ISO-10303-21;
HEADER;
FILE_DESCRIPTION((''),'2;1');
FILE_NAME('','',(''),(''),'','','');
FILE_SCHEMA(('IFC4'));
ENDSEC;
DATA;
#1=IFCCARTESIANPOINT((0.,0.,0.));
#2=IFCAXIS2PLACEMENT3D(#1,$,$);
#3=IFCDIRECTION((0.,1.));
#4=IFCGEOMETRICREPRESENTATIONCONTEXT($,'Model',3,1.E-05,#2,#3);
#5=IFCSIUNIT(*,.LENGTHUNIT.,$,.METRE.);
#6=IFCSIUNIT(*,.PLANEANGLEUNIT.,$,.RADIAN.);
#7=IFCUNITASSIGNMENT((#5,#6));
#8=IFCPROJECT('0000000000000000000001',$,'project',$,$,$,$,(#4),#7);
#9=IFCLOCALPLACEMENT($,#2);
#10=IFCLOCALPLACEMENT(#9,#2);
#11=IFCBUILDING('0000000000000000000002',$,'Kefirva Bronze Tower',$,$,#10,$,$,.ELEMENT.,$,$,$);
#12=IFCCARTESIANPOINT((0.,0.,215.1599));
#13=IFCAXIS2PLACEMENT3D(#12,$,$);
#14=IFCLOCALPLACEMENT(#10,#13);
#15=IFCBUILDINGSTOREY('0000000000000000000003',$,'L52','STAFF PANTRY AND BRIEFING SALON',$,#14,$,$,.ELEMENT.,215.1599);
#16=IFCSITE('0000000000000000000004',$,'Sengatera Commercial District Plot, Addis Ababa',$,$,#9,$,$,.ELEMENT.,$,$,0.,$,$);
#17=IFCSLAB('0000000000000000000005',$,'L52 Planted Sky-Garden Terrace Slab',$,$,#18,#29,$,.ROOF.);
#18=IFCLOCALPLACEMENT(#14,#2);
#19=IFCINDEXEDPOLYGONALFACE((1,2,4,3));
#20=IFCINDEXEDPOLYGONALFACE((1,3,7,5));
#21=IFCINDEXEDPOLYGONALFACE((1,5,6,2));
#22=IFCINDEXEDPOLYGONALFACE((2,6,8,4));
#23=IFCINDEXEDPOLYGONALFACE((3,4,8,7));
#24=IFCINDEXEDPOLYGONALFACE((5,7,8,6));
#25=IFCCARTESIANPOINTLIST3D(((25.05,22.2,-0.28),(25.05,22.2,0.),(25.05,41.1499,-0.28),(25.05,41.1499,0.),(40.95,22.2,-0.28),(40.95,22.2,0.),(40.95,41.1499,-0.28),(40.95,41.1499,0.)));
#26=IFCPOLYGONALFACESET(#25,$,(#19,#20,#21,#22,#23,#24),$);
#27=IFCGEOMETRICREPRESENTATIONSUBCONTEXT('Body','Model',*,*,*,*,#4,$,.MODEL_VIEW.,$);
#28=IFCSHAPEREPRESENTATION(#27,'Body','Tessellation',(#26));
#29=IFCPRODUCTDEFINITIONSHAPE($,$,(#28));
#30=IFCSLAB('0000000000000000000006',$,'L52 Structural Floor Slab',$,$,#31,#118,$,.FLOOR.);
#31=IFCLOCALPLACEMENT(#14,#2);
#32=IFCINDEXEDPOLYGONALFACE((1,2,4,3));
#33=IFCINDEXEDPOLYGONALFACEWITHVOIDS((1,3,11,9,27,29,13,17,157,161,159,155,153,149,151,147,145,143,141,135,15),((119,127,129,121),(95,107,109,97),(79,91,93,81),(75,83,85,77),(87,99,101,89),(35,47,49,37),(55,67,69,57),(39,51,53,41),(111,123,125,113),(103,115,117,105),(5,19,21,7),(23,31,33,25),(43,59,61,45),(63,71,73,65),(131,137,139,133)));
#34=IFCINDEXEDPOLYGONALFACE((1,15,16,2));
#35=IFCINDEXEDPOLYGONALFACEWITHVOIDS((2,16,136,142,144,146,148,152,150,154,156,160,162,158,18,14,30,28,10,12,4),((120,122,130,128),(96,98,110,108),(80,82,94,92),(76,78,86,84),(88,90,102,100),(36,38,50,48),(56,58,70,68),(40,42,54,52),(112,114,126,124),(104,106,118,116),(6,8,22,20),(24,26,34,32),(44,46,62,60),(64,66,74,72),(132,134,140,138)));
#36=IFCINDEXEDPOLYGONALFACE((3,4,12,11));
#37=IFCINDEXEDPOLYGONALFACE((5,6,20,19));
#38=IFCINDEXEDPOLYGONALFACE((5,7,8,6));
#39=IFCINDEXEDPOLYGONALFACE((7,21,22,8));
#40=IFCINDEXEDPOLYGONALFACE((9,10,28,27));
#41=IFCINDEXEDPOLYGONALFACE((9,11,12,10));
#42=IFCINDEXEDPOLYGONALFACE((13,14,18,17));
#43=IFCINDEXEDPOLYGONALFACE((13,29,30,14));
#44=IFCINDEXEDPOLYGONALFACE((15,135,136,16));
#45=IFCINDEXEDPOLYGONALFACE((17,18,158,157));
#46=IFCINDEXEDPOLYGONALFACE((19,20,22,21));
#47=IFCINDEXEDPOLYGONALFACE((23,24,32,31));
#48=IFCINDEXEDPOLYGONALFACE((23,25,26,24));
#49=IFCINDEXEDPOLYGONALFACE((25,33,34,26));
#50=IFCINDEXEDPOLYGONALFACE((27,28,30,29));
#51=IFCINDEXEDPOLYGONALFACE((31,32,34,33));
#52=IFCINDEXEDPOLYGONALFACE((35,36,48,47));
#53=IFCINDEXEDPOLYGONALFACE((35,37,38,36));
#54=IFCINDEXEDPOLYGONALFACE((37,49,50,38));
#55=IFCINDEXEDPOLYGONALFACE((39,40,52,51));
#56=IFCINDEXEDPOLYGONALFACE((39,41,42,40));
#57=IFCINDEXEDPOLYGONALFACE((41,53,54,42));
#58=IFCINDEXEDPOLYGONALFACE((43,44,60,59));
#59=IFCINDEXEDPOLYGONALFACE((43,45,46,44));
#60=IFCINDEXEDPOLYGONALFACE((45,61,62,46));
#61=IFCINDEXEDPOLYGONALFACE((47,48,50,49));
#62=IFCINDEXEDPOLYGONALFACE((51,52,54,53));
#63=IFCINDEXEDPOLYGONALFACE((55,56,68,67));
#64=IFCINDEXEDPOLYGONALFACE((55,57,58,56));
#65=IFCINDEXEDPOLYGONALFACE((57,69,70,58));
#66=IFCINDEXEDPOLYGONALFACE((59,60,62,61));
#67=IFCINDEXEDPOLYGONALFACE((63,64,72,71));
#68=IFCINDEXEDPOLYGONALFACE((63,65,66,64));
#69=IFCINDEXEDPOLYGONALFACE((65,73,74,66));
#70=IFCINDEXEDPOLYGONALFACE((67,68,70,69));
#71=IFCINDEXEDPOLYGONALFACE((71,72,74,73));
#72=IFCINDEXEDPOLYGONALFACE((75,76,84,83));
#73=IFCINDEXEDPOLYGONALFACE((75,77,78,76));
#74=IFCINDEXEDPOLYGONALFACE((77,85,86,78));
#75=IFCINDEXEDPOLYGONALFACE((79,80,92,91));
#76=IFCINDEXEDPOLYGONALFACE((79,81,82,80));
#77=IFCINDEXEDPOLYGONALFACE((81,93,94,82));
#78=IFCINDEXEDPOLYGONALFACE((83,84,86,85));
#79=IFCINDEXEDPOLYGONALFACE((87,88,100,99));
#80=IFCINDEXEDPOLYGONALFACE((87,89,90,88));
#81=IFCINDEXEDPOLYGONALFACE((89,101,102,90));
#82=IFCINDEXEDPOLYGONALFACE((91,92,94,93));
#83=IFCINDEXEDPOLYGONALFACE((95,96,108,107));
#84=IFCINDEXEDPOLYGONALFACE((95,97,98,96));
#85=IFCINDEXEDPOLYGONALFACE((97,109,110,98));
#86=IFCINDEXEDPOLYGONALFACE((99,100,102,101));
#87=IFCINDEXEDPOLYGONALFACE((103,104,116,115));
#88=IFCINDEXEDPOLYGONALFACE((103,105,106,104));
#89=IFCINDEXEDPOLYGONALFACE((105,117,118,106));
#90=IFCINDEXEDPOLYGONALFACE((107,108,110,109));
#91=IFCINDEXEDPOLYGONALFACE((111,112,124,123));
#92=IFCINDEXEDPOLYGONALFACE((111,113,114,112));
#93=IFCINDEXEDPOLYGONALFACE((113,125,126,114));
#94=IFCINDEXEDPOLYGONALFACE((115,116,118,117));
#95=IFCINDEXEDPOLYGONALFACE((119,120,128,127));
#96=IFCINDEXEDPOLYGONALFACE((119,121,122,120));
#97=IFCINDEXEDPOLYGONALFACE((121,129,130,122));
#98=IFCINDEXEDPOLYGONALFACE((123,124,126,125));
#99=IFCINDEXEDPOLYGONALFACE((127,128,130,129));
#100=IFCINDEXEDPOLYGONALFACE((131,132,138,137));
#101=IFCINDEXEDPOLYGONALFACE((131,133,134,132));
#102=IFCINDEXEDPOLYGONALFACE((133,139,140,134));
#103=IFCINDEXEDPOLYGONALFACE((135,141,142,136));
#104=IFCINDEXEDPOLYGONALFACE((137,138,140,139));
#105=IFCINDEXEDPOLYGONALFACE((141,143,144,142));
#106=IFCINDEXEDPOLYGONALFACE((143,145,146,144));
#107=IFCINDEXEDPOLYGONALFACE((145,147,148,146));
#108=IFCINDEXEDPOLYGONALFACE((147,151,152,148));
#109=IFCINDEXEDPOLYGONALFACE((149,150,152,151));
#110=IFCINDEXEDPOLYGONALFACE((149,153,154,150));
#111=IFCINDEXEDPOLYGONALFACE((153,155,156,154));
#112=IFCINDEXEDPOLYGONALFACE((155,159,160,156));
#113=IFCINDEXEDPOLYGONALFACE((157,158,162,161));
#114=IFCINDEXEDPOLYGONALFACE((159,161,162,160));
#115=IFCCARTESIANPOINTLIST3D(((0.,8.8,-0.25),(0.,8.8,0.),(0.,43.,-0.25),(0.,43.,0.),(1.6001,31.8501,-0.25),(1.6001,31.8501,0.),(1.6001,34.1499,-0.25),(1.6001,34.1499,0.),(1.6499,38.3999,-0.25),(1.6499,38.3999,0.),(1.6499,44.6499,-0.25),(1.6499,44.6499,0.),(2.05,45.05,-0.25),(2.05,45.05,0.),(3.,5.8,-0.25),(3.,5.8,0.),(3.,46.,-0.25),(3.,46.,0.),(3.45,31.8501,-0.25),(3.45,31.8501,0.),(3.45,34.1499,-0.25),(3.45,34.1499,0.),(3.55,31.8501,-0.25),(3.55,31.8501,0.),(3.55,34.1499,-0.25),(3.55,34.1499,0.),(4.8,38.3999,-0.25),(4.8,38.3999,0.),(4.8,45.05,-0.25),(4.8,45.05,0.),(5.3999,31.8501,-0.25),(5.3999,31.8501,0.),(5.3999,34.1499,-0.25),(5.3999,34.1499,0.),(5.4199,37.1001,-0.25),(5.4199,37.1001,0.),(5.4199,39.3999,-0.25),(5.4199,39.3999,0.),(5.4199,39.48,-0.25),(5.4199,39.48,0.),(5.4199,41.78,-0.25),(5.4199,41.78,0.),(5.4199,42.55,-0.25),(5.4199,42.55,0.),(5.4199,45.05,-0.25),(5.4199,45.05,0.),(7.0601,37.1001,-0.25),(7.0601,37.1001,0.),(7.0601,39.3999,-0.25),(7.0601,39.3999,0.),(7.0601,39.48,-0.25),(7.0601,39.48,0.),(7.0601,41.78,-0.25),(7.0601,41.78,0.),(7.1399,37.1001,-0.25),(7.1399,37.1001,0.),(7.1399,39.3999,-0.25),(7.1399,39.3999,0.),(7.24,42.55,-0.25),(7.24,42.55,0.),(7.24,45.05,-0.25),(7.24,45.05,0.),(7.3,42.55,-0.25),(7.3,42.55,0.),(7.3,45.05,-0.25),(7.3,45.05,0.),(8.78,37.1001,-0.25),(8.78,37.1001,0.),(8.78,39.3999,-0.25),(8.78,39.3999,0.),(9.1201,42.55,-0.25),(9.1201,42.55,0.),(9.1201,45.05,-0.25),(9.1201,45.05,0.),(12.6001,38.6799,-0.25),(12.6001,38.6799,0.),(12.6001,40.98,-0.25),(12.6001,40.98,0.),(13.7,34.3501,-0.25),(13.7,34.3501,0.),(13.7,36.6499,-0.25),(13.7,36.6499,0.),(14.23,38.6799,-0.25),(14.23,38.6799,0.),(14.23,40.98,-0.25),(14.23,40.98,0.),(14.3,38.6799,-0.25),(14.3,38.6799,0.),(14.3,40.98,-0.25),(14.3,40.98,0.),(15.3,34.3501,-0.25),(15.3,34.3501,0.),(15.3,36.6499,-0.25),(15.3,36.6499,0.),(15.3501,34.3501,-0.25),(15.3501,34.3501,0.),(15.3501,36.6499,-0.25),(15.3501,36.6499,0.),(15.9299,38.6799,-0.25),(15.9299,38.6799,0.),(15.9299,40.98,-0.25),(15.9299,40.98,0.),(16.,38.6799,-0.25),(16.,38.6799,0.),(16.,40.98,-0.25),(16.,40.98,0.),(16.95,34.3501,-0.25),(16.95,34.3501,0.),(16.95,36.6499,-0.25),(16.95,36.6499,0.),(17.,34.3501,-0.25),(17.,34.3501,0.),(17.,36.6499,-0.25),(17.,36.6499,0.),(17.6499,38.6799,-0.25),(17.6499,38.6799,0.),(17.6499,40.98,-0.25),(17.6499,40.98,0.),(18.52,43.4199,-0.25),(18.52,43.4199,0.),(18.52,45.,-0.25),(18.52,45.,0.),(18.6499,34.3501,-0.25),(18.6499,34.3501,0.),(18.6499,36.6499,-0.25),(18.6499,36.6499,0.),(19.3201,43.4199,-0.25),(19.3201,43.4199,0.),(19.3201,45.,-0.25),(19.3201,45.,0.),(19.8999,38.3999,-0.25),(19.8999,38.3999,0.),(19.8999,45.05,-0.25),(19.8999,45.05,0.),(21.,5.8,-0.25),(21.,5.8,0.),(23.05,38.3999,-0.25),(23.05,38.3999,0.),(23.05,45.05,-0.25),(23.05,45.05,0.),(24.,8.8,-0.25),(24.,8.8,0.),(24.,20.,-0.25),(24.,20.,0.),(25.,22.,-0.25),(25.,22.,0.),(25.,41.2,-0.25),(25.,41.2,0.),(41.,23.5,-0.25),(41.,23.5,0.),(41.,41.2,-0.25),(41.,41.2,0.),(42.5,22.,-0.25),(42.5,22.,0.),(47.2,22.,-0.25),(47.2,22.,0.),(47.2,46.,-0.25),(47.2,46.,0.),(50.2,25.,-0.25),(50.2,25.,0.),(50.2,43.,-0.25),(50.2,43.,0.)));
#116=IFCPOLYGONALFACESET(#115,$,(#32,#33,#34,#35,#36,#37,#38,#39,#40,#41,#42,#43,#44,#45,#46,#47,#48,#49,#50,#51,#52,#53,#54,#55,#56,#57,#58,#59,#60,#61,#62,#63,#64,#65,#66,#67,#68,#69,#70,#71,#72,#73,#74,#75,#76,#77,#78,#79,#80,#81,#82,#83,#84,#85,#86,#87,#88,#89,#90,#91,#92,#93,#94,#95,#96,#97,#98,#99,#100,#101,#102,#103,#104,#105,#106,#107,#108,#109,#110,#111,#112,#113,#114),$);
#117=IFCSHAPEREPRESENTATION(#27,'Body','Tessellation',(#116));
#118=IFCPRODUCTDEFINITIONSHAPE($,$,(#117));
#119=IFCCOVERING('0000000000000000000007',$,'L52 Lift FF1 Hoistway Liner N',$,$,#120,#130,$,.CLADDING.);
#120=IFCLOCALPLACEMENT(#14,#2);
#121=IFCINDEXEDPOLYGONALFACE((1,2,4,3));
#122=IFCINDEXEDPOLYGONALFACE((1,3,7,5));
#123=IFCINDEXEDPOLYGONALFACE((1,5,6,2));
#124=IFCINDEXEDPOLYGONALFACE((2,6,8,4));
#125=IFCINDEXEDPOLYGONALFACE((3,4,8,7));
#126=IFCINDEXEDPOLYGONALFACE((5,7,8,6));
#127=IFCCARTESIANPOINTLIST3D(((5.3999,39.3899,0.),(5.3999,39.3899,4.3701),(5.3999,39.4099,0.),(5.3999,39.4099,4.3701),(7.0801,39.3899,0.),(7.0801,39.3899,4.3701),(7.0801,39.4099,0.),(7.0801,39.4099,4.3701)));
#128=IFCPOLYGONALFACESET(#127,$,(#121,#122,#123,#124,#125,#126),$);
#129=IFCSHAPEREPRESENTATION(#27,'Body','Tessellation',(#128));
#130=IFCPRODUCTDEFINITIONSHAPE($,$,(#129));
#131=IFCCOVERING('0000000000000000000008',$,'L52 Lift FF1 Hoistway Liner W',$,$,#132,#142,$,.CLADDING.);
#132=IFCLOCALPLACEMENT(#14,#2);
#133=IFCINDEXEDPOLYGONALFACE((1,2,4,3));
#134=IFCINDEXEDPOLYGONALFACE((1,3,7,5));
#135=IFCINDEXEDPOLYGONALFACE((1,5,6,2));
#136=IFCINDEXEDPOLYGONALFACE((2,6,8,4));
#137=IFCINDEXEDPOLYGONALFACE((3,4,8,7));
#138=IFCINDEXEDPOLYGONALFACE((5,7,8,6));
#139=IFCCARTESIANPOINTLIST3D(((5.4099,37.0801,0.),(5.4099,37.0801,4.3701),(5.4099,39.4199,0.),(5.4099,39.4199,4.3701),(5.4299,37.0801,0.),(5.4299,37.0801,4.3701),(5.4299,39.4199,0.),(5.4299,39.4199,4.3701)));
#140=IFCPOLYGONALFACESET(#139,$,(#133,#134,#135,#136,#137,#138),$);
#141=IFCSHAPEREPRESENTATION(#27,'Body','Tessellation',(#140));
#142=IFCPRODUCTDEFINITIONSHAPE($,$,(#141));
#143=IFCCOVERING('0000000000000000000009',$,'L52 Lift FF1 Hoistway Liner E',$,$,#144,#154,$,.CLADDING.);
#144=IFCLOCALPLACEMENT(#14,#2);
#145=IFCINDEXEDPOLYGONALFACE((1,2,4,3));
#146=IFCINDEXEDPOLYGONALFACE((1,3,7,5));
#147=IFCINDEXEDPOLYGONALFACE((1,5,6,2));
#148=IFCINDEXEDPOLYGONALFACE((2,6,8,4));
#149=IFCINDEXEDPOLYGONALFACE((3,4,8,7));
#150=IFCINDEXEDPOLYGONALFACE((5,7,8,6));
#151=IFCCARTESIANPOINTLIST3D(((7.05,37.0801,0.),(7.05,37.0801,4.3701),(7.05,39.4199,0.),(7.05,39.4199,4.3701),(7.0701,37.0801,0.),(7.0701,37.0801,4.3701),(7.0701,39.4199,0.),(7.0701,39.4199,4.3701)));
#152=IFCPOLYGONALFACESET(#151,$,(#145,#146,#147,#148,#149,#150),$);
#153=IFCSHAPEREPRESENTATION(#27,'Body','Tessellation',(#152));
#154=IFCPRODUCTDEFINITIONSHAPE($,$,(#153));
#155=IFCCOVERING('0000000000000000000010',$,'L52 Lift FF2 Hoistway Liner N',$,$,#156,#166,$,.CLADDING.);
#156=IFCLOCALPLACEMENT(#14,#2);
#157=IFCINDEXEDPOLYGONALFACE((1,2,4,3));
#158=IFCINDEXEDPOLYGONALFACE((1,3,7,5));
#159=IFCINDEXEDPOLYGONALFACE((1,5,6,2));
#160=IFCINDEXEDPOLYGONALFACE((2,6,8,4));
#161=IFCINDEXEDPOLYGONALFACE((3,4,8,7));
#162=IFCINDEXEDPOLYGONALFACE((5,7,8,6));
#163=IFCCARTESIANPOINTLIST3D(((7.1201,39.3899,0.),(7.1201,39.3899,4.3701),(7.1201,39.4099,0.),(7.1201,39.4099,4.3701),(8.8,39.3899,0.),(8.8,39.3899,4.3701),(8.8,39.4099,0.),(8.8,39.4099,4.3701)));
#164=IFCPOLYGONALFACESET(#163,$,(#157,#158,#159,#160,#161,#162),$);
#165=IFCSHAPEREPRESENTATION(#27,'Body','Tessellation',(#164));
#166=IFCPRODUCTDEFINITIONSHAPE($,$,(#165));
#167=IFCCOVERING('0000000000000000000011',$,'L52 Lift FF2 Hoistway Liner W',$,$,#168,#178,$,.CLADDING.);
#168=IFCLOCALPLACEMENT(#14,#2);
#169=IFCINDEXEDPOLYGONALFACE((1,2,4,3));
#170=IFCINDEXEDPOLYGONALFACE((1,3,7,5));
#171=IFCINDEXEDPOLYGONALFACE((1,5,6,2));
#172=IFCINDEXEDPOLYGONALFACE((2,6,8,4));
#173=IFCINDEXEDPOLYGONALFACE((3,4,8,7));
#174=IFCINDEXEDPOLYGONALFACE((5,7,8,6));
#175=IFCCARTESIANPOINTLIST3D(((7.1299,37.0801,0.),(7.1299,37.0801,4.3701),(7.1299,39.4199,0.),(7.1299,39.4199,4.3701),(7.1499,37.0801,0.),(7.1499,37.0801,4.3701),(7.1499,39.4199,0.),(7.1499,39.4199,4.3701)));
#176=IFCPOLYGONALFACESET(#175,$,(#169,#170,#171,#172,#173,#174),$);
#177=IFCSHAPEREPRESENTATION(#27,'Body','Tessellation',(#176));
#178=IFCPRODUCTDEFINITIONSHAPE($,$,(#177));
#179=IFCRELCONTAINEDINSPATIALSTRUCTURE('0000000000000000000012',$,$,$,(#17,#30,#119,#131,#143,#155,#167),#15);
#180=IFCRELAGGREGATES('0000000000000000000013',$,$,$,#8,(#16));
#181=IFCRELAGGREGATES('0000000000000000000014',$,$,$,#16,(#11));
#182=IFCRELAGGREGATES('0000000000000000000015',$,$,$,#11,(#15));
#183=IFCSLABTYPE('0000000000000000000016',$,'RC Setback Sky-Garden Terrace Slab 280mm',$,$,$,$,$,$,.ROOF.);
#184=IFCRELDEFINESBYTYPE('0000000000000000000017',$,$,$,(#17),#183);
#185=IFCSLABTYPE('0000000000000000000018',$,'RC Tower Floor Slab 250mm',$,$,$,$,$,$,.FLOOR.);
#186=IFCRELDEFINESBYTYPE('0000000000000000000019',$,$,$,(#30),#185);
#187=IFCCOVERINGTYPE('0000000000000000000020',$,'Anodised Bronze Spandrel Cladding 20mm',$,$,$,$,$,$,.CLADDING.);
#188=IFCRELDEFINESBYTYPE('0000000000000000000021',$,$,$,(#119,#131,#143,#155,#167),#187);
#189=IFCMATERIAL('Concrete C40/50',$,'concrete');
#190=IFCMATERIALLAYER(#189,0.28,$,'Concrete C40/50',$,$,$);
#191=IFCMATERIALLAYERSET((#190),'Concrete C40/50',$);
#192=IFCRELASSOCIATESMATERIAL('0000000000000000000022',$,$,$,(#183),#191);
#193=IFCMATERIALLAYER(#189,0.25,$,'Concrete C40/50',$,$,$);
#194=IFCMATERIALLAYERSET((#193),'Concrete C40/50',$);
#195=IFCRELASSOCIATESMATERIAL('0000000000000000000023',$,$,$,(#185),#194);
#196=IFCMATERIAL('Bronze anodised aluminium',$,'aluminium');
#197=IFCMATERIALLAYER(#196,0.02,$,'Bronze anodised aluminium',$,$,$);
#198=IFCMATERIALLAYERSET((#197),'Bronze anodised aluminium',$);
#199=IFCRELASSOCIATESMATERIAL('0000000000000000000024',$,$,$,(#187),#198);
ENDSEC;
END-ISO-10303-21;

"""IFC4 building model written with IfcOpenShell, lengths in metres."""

from ifc_helpers import new_model, si_unit, direction, frame, origin, place, context, subcontext, project, spatial, polyline, outline, extrude, material, layer, layer_set, type_object, element, save


model = new_model("IFC4")

# Units and contexts
model_context = context("Model", 3, precision=1e-05, world=origin(), true_north=direction((0.0, 1.0)))
body_context = subcontext(model_context, "Body", "Model", "MODEL_VIEW")
ifc_project = project(units=[si_unit("LENGTHUNIT", "METRE"), si_unit("PLANEANGLEUNIT", "RADIAN")], contexts=[model_context])

# Site, building, storey
site_placement = place(None, origin())
site = spatial("IfcSite", under=ifc_project, at=site_placement, Name="Sengatera Commercial District Plot, Addis Ababa", CompositionType="ELEMENT", RefElevation=0.0)
building_placement = place(site_placement, origin())
building = spatial("IfcBuilding", under=site, at=building_placement, Name="Kefirva Bronze Tower", CompositionType="ELEMENT")
storey_placement = place(building_placement, frame((0.0, 0.0, 215.1599)))
storey = spatial("IfcBuildingStorey", under=building, at=storey_placement, Name="L52", Description="STAFF PANTRY AND BRIEFING SALON", CompositionType="ELEMENT", Elevation=215.1599)

# Slabs
ifc_material_1 = material(Name="Concrete C40/50", Category="concrete")
ifc_layer_1 = layer(ifc_material_1, 0.28, Name="Concrete C40/50")
ifc_layer_set_1 = layer_set([ifc_layer_1], Name="Concrete C40/50")
slab_type_1 = type_object("IfcSlabType", Name="RC Setback Sky-Garden Terrace Slab 280mm", PredefinedType="ROOF", material=ifc_layer_set_1)
slab_1_placement = place(storey_placement, frame((0.0, 0.0, -0.28)))
element("IfcSlab", 1, at=slab_1_placement, inside=storey, type_object=slab_type_1, Name="L52 Planted Sky-Garden Terrace Slab", PredefinedType="ROOF", context=body_context, shape_type="SweptSolid", body=[
    extrude(outline(polyline([(25.05, 22.2), (40.95, 22.2), (40.95, 41.1499), (25.05, 41.1499), (25.05, 22.2)])), origin(), (0.0, 0.0, 1.0), 0.28),
])
ifc_layer_2 = layer(ifc_material_1, 0.25, Name="Concrete C40/50")
ifc_layer_set_2 = layer_set([ifc_layer_2], Name="Concrete C40/50")
slab_type_2 = type_object("IfcSlabType", Name="RC Tower Floor Slab 250mm", PredefinedType="FLOOR", material=ifc_layer_set_2)
slab_2_placement = place(storey_placement, frame((0.0, 0.0, -0.25)))
element("IfcSlab", 2, at=slab_2_placement, inside=storey, type_object=slab_type_2, Name="L52 Structural Floor Slab", PredefinedType="FLOOR", context=body_context, shape_type="SweptSolid", body=[
    extrude(outline(polyline([(0.0, 8.8), (0.0, 43.0), (1.6499, 44.6499), (1.6499, 38.3999), (4.8, 38.3999), (4.8, 45.05), (2.05, 45.05), (3.0, 46.0), (47.2, 46.0), (50.2, 43.0), (50.2, 25.0), (47.2, 22.0), (42.5, 22.0), (41.0, 23.5), (41.0, 41.2), (25.0, 41.2), (25.0, 22.0), (24.0, 20.0), (24.0, 8.8), (21.0, 5.8), (3.0, 5.8), (0.0, 8.8)]), holes=[polyline([(23.05, 38.3999), (23.05, 45.05), (19.8999, 45.05), (19.8999, 38.3999), (23.05, 38.3999)]), polyline([(19.3201, 43.4199), (19.3201, 45.0), (18.52, 45.0), (18.52, 43.4199), (19.3201, 43.4199)]), polyline([(18.6499, 34.3501), (18.6499, 36.6499), (17.0, 36.6499), (17.0, 34.3501), (18.6499, 34.3501)]), polyline([(17.6499, 38.6799), (17.6499, 40.98), (16.0, 40.98), (16.0, 38.6799), (17.6499, 38.6799)]), polyline([(16.95, 34.3501), (16.95, 36.6499), (15.3501, 36.6499), (15.3501, 34.3501), (16.95, 34.3501)]), polyline([(15.9299, 38.6799), (15.9299, 40.98), (14.3, 40.98), (14.3, 38.6799), (15.9299, 38.6799)]), polyline([(15.3, 34.3501), (15.3, 36.6499), (13.7, 36.6499), (13.7, 34.3501), (15.3, 34.3501)]), polyline([(14.23, 38.6799), (14.23, 40.98), (12.6001, 40.98), (12.6001, 38.6799), (14.23, 38.6799)]), polyline([(9.1201, 42.55), (9.1201, 45.05), (7.3, 45.05), (7.3, 42.55), (9.1201, 42.55)]), polyline([(8.78, 37.1001), (8.78, 39.3999), (7.1399, 39.3999), (7.1399, 37.1001), (8.78, 37.1001)]), polyline([(7.24, 42.55), (7.24, 45.05), (5.4199, 45.05), (5.4199, 42.55), (7.24, 42.55)]), polyline([(7.0601, 37.1001), (7.0601, 39.3999), (5.4199, 39.3999), (5.4199, 37.1001), (7.0601, 37.1001)]), polyline([(7.0601, 39.48), (7.0601, 41.78), (5.4199, 41.78), (5.4199, 39.48), (7.0601, 39.48)]), polyline([(5.3999, 31.8501), (5.3999, 34.1499), (3.55, 34.1499), (3.55, 31.8501), (5.3999, 31.8501)]), polyline([(3.45, 31.8501), (3.45, 34.1499), (1.6001, 34.1499), (1.6001, 31.8501), (3.45, 31.8501)])]), origin(), (0.0, 0.0, 1.0), 0.25),
])

# Coverings
ifc_material_2 = material(Name="Bronze anodised aluminium", Category="aluminium")
ifc_layer_3 = layer(ifc_material_2, 0.02, Name="Bronze anodised aluminium")
ifc_layer_set_3 = layer_set([ifc_layer_3], Name="Bronze anodised aluminium")
covering_type_1 = type_object("IfcCoveringType", Name="Anodised Bronze Spandrel Cladding 20mm", PredefinedType="CLADDING", material=ifc_layer_set_3)
covering_1_placement = place(storey_placement, origin())
element("IfcCovering", 3, at=covering_1_placement, inside=storey, type_object=covering_type_1, Name="L52 Lift FF1 Hoistway Liner N", PredefinedType="CLADDING", context=body_context, shape_type="SweptSolid", body=[
    extrude(outline(polyline([(5.3999, 39.3899), (7.0801, 39.3899), (7.0801, 39.4099), (5.3999, 39.4099), (5.3999, 39.3899)])), origin(), (0.0, 0.0, 1.0), 4.3701),
])
covering_2_placement = place(storey_placement, origin())
element("IfcCovering", 4, at=covering_2_placement, inside=storey, type_object=covering_type_1, Name="L52 Lift FF1 Hoistway Liner W", PredefinedType="CLADDING", context=body_context, shape_type="SweptSolid", body=[
    extrude(outline(polyline([(5.4099, 37.0801), (5.4299, 37.0801), (5.4299, 39.4199), (5.4099, 39.4199), (5.4099, 37.0801)])), origin(), (0.0, 0.0, 1.0), 4.3701),
])
covering_3_placement = place(storey_placement, origin())
element("IfcCovering", 5, at=covering_3_placement, inside=storey, type_object=covering_type_1, Name="L52 Lift FF1 Hoistway Liner E", PredefinedType="CLADDING", context=body_context, shape_type="SweptSolid", body=[
    extrude(outline(polyline([(7.05, 37.0801), (7.0701, 37.0801), (7.0701, 39.4199), (7.05, 39.4199), (7.05, 37.0801)])), origin(), (0.0, 0.0, 1.0), 4.3701),
])
covering_4_placement = place(storey_placement, origin())
element("IfcCovering", 6, at=covering_4_placement, inside=storey, type_object=covering_type_1, Name="L52 Lift FF2 Hoistway Liner N", PredefinedType="CLADDING", context=body_context, shape_type="SweptSolid", body=[
    extrude(outline(polyline([(7.1201, 39.3899), (8.8, 39.3899), (8.8, 39.4099), (7.1201, 39.4099), (7.1201, 39.3899)])), origin(), (0.0, 0.0, 1.0), 4.3701),
])
covering_5_placement = place(storey_placement, origin())
element("IfcCovering", 7, at=covering_5_placement, inside=storey, type_object=covering_type_1, Name="L52 Lift FF2 Hoistway Liner W", PredefinedType="CLADDING", context=body_context, shape_type="SweptSolid", body=[
    extrude(outline(polyline([(7.1299, 37.0801), (7.1499, 37.0801), (7.1499, 39.4199), (7.1299, 39.4199), (7.1299, 37.0801)])), origin(), (0.0, 0.0, 1.0), 4.3701),
])

save(model, "model.ifc")
